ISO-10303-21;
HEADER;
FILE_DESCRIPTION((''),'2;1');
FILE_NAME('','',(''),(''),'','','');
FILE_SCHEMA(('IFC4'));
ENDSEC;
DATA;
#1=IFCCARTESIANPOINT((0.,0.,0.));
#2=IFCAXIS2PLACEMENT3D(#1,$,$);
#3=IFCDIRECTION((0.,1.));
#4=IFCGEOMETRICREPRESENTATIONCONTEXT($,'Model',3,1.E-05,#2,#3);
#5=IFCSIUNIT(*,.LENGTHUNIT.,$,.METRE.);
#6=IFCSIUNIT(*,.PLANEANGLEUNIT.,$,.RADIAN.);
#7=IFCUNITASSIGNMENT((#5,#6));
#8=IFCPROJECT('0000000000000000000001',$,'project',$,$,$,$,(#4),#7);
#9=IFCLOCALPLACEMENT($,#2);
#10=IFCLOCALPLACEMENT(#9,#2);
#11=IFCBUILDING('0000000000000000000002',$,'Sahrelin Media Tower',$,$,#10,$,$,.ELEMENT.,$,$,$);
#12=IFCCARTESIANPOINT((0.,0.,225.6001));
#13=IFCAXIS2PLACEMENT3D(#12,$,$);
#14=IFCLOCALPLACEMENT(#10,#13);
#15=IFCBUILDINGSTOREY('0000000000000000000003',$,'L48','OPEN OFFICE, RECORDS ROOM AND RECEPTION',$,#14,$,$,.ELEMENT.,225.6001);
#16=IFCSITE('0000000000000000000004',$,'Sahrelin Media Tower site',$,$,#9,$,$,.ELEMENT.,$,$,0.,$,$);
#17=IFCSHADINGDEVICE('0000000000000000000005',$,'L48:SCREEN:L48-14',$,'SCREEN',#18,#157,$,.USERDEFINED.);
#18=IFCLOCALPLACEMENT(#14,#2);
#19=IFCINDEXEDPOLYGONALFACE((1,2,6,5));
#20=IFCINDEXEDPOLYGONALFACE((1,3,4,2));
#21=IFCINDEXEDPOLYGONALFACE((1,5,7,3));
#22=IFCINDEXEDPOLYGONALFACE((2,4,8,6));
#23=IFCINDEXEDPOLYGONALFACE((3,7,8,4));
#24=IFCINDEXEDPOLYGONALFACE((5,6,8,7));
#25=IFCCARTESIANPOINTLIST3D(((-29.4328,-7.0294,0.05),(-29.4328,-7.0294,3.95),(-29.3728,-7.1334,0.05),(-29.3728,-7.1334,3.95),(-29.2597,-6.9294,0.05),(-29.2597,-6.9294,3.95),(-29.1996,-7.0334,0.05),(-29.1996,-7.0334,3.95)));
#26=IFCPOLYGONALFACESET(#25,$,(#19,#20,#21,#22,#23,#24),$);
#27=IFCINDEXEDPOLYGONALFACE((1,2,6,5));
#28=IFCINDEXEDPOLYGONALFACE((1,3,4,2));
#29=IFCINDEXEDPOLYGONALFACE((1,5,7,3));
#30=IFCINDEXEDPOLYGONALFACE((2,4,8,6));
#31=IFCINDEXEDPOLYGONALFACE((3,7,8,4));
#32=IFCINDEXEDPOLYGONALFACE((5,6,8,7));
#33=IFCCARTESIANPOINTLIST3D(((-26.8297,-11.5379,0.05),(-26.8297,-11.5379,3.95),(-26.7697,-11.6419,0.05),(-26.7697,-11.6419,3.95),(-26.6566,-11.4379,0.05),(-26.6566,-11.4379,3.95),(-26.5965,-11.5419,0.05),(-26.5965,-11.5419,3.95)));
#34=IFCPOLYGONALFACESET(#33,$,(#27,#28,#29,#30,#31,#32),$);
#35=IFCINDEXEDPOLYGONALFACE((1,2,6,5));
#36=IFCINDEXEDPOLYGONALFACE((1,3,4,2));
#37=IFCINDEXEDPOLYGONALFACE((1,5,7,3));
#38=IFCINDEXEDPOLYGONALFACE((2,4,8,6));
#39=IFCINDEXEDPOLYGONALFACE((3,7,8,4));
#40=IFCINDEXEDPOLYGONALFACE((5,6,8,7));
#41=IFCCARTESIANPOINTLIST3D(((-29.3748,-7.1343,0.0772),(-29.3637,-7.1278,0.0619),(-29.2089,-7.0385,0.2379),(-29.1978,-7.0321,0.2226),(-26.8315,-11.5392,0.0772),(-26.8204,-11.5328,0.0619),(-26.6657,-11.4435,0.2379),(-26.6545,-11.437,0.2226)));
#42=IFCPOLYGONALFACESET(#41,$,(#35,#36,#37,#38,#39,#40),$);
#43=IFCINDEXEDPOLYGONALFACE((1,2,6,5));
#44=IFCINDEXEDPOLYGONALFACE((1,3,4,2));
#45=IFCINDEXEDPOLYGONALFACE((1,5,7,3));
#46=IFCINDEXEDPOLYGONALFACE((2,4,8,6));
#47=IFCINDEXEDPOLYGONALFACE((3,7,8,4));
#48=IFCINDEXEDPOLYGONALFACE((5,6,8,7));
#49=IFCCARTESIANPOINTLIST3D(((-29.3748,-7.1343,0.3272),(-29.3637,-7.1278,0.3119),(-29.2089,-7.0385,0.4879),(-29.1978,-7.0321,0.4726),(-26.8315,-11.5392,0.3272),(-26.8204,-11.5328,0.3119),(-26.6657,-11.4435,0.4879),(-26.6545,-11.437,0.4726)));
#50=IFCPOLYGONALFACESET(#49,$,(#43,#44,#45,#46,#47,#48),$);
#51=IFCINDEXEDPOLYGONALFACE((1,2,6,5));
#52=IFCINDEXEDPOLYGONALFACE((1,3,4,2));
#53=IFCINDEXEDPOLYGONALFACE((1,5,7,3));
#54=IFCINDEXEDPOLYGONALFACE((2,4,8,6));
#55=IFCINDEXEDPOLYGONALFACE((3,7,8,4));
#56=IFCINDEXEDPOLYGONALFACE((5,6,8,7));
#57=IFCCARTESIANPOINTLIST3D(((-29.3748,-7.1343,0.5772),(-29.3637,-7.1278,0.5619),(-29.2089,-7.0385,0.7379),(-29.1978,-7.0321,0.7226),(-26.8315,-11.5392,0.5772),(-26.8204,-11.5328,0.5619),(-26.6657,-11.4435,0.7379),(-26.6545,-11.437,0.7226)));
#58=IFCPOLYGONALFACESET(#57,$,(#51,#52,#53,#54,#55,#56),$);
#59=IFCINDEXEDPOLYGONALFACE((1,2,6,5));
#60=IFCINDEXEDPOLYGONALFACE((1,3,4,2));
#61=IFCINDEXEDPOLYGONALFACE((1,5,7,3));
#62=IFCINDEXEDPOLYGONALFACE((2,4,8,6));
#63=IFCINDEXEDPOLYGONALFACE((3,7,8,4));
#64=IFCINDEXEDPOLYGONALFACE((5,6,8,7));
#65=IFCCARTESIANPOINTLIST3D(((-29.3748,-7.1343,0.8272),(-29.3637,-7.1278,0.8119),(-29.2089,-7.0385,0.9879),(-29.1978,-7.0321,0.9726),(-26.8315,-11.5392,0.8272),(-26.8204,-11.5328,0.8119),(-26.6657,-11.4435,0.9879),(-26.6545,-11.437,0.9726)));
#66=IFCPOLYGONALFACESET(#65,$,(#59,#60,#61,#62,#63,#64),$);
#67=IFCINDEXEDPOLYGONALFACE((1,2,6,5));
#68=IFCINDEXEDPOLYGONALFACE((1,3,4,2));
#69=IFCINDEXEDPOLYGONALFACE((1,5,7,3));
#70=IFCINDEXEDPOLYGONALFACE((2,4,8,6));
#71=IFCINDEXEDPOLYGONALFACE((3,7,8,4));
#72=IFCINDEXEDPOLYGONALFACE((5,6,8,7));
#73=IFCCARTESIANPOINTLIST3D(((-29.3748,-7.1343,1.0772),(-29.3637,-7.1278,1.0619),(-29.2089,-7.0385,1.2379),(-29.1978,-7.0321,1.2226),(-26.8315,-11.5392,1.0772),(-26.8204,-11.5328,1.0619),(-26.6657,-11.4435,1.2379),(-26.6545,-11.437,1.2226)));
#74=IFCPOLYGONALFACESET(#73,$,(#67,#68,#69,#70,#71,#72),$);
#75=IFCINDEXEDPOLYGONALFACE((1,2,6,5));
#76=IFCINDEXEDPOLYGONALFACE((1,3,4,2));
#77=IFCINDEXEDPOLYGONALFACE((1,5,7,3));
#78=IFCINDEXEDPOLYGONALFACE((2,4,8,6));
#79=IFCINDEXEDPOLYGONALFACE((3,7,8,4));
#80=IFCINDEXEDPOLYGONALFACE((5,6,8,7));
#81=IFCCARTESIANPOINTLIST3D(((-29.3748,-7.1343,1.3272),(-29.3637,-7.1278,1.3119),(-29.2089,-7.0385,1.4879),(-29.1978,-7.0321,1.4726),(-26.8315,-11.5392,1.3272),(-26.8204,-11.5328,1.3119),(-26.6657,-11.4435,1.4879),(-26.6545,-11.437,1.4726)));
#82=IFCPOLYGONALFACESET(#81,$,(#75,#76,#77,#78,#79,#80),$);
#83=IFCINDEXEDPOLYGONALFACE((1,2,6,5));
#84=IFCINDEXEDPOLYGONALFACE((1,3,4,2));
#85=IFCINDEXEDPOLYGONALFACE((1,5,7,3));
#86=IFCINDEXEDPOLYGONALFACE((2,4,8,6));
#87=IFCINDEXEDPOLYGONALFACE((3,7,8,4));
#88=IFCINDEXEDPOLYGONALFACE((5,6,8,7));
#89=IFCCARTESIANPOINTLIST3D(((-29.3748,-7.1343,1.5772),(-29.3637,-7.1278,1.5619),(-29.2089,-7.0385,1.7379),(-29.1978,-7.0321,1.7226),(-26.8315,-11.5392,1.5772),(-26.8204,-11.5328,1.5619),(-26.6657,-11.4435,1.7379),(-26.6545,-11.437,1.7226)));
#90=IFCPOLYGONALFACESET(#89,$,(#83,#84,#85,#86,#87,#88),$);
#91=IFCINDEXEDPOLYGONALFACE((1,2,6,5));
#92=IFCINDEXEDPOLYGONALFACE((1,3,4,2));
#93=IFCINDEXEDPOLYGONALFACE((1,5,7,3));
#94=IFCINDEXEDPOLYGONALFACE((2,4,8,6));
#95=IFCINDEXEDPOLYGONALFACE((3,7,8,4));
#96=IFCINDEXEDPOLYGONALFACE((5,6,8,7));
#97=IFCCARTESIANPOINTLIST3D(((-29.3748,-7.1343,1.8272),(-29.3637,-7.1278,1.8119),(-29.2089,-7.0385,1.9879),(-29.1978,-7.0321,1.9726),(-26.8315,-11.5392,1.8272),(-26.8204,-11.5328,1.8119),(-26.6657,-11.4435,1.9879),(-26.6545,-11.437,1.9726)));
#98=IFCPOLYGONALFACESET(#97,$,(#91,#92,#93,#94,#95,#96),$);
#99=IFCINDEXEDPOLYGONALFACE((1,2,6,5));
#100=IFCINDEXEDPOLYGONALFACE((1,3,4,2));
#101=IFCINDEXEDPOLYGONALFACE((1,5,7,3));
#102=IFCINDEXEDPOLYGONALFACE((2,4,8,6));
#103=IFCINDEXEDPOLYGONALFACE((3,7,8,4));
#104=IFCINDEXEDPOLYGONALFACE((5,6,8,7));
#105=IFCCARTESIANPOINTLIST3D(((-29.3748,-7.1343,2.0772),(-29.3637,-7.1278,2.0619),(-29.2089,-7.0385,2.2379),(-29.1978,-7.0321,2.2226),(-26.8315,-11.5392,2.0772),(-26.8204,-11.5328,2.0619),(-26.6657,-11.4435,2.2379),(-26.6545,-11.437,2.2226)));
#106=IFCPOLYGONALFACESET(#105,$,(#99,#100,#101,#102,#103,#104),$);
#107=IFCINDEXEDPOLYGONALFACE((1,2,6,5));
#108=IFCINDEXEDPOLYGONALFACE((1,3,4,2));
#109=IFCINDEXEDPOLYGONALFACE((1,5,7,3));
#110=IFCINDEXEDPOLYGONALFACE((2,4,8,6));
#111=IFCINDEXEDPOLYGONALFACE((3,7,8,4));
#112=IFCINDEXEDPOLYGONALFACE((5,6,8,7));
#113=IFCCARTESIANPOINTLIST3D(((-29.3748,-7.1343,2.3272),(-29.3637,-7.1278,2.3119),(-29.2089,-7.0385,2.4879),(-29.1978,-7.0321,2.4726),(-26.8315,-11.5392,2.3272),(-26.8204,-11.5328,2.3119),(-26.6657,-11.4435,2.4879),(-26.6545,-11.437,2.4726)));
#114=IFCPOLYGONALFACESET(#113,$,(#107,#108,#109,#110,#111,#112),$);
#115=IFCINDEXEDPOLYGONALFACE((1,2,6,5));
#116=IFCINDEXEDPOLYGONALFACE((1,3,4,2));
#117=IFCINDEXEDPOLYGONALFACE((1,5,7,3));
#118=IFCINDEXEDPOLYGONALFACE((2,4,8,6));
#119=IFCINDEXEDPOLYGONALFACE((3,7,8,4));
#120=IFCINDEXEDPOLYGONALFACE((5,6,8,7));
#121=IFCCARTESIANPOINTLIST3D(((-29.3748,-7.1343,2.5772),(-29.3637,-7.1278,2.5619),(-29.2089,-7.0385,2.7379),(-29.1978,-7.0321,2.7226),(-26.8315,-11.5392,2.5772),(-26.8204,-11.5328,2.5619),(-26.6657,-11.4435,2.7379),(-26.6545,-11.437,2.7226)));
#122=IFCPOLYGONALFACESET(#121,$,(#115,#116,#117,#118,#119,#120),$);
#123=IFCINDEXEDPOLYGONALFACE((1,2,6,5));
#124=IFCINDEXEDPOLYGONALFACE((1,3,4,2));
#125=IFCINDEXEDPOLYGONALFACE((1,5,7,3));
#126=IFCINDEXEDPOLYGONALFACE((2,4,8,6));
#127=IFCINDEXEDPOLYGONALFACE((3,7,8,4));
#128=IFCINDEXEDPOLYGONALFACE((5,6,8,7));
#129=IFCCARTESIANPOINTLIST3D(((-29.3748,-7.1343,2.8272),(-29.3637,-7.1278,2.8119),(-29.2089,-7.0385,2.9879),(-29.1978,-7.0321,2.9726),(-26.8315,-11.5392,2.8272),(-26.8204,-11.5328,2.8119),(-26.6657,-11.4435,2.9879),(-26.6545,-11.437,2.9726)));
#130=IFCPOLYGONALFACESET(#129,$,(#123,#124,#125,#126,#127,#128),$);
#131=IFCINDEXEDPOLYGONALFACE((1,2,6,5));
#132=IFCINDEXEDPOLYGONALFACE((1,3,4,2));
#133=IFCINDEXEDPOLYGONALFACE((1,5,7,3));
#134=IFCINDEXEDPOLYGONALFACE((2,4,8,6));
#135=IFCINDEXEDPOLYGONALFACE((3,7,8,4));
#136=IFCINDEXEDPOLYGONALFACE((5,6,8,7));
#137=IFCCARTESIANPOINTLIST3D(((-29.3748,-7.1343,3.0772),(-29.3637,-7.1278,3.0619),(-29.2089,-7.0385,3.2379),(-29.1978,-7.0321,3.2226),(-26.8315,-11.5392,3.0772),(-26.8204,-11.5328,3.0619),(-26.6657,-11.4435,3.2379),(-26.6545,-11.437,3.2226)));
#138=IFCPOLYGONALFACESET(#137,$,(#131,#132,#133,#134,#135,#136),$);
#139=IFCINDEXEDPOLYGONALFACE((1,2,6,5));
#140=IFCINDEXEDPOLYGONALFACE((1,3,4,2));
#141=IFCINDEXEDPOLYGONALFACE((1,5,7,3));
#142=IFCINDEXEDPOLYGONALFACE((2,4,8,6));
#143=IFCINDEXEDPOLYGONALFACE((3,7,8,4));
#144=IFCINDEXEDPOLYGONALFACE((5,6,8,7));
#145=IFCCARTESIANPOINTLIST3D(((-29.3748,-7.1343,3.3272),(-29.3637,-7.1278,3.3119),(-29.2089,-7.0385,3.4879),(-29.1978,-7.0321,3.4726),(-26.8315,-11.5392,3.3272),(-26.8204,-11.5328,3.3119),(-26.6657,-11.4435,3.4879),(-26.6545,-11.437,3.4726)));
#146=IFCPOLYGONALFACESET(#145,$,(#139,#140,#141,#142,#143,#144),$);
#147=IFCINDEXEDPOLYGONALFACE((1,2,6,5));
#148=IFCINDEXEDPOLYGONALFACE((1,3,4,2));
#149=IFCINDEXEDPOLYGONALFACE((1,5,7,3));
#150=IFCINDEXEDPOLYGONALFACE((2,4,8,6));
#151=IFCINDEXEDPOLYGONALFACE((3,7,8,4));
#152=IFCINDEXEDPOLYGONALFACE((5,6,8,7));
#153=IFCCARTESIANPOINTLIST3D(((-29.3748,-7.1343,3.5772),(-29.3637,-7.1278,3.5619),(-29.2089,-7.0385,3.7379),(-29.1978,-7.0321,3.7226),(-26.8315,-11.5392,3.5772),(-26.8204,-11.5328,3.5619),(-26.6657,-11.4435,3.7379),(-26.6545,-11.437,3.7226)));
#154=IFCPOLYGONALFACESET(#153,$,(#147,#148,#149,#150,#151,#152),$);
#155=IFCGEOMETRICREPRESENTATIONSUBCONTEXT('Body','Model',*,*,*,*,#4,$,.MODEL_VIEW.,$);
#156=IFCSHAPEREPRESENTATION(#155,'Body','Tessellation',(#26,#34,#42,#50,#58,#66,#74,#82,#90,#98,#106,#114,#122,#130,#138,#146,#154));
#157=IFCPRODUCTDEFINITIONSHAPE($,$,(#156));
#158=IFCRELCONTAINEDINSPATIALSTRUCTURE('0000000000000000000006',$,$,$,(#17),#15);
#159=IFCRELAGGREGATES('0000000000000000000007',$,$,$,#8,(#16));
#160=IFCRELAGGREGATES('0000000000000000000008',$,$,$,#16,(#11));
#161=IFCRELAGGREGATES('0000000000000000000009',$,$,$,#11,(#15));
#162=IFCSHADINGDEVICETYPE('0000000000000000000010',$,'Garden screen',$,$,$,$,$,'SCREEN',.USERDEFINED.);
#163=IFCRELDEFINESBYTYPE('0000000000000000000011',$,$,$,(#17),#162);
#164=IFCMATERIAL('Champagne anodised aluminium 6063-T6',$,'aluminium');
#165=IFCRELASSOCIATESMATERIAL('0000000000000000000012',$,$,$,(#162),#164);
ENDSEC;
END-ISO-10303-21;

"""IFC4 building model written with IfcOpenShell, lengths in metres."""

from ifc_helpers import new_model, si_unit, direction, frame, origin, origin_2d, place, context, subcontext, project, spatial, rectangle, extrude, material, type_object, element, save


model = new_model("IFC4")

# Units and contexts
model_context = context("Model", 3, precision=1e-05, world=origin(), true_north=direction((0.0, 1.0)))
body_context = subcontext(model_context, "Body", "Model", "MODEL_VIEW")
ifc_project = project(units=[si_unit("LENGTHUNIT", "METRE"), si_unit("PLANEANGLEUNIT", "RADIAN")], contexts=[model_context])

# Site, building, storey
site_placement = place(None, origin())
site = spatial("IfcSite", under=ifc_project, at=site_placement, Name="Sahrelin Media Tower site", CompositionType="ELEMENT", RefElevation=0.0)
building_placement = place(site_placement, origin())
building = spatial("IfcBuilding", under=site, at=building_placement, Name="Sahrelin Media Tower", CompositionType="ELEMENT")
storey_placement = place(building_placement, frame((0.0, 0.0, 225.6001)))
storey = spatial("IfcBuildingStorey", under=building, at=storey_placement, Name="L48", Description="OPEN OFFICE, RECORDS ROOM AND RECEPTION", CompositionType="ELEMENT", Elevation=225.6001)

# Shading device
ifc_material_1 = material(Name="Champagne anodised aluminium 6063-T6", Category="aluminium")
shading_device_type = type_object("IfcShadingDeviceType", Name="Garden screen", ElementType="SCREEN", PredefinedType="USERDEFINED", material=ifc_material_1)
shading_device_1_placement = place(storey_placement, frame((-27.928, -9.2356, 0.0), z_axis=(0.0, 0.0, 1.0), x_axis=(-0.500011, 0.866019, 0.0)))
element("IfcShadingDevice", 1, at=shading_device_1_placement, inside=storey, type_object=shading_device_type, Name="L48:SCREEN:L48-14", ObjectType="SCREEN", PredefinedType="USERDEFINED", context=body_context, shape_type="SweptSolid", body=[
    extrude(rectangle(XDim=0.1201, YDim=0.2, at=origin_2d()), frame((2.603, 0.1001, 0.05), z_axis=(0.0, 0.0, 1.0), x_axis=(1.0, 0.0, 0.0)), (0.0, 0.0, 1.0), 3.8999),
    extrude(rectangle(XDim=0.1201, YDim=0.2, at=origin_2d()), frame((-2.603, 0.1001, 0.05), z_axis=(0.0, 0.0, 1.0), x_axis=(1.0, 0.0, 0.0)), (0.0, 0.0, 1.0), 3.8999),
    extrude(rectangle(XDim=0.25, YDim=0.02, at=origin_2d()), frame((2.5432, 0.1001, 0.1499), z_axis=(-1.0, 0.0, 0.0), x_axis=(0.0, -0.766044, 0.642788)), (0.0, 0.0, 1.0), 5.0864),
    extrude(rectangle(XDim=0.25, YDim=0.02, at=origin_2d()), frame((2.5432, 0.1001, 0.3999), z_axis=(-1.0, 0.0, 0.0), x_axis=(0.0, -0.766044, 0.642788)), (0.0, 0.0, 1.0), 5.0864),
    extrude(rectangle(XDim=0.25, YDim=0.02, at=origin_2d()), frame((2.5432, 0.1001, 0.6499), z_axis=(-1.0, 0.0, 0.0), x_axis=(0.0, -0.766044, 0.642788)), (0.0, 0.0, 1.0), 5.0864),
    extrude(rectangle(XDim=0.25, YDim=0.02, at=origin_2d()), frame((2.5432, 0.1001, 0.8999), z_axis=(-1.0, 0.0, 0.0), x_axis=(0.0, -0.766044, 0.642788)), (0.0, 0.0, 1.0), 5.0864),
    extrude(rectangle(XDim=0.25, YDim=0.02, at=origin_2d()), frame((2.5432, 0.1001, 1.1499), z_axis=(-1.0, 0.0, 0.0), x_axis=(0.0, -0.766044, 0.642788)), (0.0, 0.0, 1.0), 5.0864),
    extrude(rectangle(XDim=0.25, YDim=0.02, at=origin_2d()), frame((2.5432, 0.1001, 1.3999), z_axis=(-1.0, 0.0, 0.0), x_axis=(0.0, -0.766044, 0.642788)), (0.0, 0.0, 1.0), 5.0864),
    extrude(rectangle(XDim=0.25, YDim=0.02, at=origin_2d()), frame((2.5432, 0.1001, 1.6499), z_axis=(-1.0, 0.0, 0.0), x_axis=(0.0, -0.766044, 0.642788)), (0.0, 0.0, 1.0), 5.0864),
    extrude(rectangle(XDim=0.25, YDim=0.02, at=origin_2d()), frame((2.5432, 0.1001, 1.8999), z_axis=(-1.0, 0.0, 0.0), x_axis=(0.0, -0.766044, 0.642788)), (0.0, 0.0, 1.0), 5.0864),
    extrude(rectangle(XDim=0.25, YDim=0.02, at=origin_2d()), frame((2.5432, 0.1001, 2.1499), z_axis=(-1.0, 0.0, 0.0), x_axis=(0.0, -0.766044, 0.642788)), (0.0, 0.0, 1.0), 5.0864),
    extrude(rectangle(XDim=0.25, YDim=0.02, at=origin_2d()), frame((2.5432, 0.1001, 2.3999), z_axis=(-1.0, 0.0, 0.0), x_axis=(0.0, -0.766044, 0.642788)), (0.0, 0.0, 1.0), 5.0864),
    extrude(rectangle(XDim=0.25, YDim=0.02, at=origin_2d()), frame((2.5432, 0.1001, 2.6499), z_axis=(-1.0, 0.0, 0.0), x_axis=(0.0, -0.766044, 0.642788)), (0.0, 0.0, 1.0), 5.0864),
    extrude(rectangle(XDim=0.25, YDim=0.02, at=origin_2d()), frame((2.5432, 0.1001, 2.8999), z_axis=(-1.0, 0.0, 0.0), x_axis=(0.0, -0.766044, 0.642788)), (0.0, 0.0, 1.0), 5.0864),
    extrude(rectangle(XDim=0.25, YDim=0.02, at=origin_2d()), frame((2.5432, 0.1001, 3.1499), z_axis=(-1.0, 0.0, 0.0), x_axis=(0.0, -0.766044, 0.642788)), (0.0, 0.0, 1.0), 5.0864),
    extrude(rectangle(XDim=0.25, YDim=0.02, at=origin_2d()), frame((2.5432, 0.1001, 3.3999), z_axis=(-1.0, 0.0, 0.0), x_axis=(0.0, -0.766044, 0.642788)), (0.0, 0.0, 1.0), 5.0864),
    extrude(rectangle(XDim=0.25, YDim=0.02, at=origin_2d()), frame((2.5432, 0.1001, 3.6499), z_axis=(-1.0, 0.0, 0.0), x_axis=(0.0, -0.766044, 0.642788)), (0.0, 0.0, 1.0), 5.0864),
])

save(model, "model.ifc")
